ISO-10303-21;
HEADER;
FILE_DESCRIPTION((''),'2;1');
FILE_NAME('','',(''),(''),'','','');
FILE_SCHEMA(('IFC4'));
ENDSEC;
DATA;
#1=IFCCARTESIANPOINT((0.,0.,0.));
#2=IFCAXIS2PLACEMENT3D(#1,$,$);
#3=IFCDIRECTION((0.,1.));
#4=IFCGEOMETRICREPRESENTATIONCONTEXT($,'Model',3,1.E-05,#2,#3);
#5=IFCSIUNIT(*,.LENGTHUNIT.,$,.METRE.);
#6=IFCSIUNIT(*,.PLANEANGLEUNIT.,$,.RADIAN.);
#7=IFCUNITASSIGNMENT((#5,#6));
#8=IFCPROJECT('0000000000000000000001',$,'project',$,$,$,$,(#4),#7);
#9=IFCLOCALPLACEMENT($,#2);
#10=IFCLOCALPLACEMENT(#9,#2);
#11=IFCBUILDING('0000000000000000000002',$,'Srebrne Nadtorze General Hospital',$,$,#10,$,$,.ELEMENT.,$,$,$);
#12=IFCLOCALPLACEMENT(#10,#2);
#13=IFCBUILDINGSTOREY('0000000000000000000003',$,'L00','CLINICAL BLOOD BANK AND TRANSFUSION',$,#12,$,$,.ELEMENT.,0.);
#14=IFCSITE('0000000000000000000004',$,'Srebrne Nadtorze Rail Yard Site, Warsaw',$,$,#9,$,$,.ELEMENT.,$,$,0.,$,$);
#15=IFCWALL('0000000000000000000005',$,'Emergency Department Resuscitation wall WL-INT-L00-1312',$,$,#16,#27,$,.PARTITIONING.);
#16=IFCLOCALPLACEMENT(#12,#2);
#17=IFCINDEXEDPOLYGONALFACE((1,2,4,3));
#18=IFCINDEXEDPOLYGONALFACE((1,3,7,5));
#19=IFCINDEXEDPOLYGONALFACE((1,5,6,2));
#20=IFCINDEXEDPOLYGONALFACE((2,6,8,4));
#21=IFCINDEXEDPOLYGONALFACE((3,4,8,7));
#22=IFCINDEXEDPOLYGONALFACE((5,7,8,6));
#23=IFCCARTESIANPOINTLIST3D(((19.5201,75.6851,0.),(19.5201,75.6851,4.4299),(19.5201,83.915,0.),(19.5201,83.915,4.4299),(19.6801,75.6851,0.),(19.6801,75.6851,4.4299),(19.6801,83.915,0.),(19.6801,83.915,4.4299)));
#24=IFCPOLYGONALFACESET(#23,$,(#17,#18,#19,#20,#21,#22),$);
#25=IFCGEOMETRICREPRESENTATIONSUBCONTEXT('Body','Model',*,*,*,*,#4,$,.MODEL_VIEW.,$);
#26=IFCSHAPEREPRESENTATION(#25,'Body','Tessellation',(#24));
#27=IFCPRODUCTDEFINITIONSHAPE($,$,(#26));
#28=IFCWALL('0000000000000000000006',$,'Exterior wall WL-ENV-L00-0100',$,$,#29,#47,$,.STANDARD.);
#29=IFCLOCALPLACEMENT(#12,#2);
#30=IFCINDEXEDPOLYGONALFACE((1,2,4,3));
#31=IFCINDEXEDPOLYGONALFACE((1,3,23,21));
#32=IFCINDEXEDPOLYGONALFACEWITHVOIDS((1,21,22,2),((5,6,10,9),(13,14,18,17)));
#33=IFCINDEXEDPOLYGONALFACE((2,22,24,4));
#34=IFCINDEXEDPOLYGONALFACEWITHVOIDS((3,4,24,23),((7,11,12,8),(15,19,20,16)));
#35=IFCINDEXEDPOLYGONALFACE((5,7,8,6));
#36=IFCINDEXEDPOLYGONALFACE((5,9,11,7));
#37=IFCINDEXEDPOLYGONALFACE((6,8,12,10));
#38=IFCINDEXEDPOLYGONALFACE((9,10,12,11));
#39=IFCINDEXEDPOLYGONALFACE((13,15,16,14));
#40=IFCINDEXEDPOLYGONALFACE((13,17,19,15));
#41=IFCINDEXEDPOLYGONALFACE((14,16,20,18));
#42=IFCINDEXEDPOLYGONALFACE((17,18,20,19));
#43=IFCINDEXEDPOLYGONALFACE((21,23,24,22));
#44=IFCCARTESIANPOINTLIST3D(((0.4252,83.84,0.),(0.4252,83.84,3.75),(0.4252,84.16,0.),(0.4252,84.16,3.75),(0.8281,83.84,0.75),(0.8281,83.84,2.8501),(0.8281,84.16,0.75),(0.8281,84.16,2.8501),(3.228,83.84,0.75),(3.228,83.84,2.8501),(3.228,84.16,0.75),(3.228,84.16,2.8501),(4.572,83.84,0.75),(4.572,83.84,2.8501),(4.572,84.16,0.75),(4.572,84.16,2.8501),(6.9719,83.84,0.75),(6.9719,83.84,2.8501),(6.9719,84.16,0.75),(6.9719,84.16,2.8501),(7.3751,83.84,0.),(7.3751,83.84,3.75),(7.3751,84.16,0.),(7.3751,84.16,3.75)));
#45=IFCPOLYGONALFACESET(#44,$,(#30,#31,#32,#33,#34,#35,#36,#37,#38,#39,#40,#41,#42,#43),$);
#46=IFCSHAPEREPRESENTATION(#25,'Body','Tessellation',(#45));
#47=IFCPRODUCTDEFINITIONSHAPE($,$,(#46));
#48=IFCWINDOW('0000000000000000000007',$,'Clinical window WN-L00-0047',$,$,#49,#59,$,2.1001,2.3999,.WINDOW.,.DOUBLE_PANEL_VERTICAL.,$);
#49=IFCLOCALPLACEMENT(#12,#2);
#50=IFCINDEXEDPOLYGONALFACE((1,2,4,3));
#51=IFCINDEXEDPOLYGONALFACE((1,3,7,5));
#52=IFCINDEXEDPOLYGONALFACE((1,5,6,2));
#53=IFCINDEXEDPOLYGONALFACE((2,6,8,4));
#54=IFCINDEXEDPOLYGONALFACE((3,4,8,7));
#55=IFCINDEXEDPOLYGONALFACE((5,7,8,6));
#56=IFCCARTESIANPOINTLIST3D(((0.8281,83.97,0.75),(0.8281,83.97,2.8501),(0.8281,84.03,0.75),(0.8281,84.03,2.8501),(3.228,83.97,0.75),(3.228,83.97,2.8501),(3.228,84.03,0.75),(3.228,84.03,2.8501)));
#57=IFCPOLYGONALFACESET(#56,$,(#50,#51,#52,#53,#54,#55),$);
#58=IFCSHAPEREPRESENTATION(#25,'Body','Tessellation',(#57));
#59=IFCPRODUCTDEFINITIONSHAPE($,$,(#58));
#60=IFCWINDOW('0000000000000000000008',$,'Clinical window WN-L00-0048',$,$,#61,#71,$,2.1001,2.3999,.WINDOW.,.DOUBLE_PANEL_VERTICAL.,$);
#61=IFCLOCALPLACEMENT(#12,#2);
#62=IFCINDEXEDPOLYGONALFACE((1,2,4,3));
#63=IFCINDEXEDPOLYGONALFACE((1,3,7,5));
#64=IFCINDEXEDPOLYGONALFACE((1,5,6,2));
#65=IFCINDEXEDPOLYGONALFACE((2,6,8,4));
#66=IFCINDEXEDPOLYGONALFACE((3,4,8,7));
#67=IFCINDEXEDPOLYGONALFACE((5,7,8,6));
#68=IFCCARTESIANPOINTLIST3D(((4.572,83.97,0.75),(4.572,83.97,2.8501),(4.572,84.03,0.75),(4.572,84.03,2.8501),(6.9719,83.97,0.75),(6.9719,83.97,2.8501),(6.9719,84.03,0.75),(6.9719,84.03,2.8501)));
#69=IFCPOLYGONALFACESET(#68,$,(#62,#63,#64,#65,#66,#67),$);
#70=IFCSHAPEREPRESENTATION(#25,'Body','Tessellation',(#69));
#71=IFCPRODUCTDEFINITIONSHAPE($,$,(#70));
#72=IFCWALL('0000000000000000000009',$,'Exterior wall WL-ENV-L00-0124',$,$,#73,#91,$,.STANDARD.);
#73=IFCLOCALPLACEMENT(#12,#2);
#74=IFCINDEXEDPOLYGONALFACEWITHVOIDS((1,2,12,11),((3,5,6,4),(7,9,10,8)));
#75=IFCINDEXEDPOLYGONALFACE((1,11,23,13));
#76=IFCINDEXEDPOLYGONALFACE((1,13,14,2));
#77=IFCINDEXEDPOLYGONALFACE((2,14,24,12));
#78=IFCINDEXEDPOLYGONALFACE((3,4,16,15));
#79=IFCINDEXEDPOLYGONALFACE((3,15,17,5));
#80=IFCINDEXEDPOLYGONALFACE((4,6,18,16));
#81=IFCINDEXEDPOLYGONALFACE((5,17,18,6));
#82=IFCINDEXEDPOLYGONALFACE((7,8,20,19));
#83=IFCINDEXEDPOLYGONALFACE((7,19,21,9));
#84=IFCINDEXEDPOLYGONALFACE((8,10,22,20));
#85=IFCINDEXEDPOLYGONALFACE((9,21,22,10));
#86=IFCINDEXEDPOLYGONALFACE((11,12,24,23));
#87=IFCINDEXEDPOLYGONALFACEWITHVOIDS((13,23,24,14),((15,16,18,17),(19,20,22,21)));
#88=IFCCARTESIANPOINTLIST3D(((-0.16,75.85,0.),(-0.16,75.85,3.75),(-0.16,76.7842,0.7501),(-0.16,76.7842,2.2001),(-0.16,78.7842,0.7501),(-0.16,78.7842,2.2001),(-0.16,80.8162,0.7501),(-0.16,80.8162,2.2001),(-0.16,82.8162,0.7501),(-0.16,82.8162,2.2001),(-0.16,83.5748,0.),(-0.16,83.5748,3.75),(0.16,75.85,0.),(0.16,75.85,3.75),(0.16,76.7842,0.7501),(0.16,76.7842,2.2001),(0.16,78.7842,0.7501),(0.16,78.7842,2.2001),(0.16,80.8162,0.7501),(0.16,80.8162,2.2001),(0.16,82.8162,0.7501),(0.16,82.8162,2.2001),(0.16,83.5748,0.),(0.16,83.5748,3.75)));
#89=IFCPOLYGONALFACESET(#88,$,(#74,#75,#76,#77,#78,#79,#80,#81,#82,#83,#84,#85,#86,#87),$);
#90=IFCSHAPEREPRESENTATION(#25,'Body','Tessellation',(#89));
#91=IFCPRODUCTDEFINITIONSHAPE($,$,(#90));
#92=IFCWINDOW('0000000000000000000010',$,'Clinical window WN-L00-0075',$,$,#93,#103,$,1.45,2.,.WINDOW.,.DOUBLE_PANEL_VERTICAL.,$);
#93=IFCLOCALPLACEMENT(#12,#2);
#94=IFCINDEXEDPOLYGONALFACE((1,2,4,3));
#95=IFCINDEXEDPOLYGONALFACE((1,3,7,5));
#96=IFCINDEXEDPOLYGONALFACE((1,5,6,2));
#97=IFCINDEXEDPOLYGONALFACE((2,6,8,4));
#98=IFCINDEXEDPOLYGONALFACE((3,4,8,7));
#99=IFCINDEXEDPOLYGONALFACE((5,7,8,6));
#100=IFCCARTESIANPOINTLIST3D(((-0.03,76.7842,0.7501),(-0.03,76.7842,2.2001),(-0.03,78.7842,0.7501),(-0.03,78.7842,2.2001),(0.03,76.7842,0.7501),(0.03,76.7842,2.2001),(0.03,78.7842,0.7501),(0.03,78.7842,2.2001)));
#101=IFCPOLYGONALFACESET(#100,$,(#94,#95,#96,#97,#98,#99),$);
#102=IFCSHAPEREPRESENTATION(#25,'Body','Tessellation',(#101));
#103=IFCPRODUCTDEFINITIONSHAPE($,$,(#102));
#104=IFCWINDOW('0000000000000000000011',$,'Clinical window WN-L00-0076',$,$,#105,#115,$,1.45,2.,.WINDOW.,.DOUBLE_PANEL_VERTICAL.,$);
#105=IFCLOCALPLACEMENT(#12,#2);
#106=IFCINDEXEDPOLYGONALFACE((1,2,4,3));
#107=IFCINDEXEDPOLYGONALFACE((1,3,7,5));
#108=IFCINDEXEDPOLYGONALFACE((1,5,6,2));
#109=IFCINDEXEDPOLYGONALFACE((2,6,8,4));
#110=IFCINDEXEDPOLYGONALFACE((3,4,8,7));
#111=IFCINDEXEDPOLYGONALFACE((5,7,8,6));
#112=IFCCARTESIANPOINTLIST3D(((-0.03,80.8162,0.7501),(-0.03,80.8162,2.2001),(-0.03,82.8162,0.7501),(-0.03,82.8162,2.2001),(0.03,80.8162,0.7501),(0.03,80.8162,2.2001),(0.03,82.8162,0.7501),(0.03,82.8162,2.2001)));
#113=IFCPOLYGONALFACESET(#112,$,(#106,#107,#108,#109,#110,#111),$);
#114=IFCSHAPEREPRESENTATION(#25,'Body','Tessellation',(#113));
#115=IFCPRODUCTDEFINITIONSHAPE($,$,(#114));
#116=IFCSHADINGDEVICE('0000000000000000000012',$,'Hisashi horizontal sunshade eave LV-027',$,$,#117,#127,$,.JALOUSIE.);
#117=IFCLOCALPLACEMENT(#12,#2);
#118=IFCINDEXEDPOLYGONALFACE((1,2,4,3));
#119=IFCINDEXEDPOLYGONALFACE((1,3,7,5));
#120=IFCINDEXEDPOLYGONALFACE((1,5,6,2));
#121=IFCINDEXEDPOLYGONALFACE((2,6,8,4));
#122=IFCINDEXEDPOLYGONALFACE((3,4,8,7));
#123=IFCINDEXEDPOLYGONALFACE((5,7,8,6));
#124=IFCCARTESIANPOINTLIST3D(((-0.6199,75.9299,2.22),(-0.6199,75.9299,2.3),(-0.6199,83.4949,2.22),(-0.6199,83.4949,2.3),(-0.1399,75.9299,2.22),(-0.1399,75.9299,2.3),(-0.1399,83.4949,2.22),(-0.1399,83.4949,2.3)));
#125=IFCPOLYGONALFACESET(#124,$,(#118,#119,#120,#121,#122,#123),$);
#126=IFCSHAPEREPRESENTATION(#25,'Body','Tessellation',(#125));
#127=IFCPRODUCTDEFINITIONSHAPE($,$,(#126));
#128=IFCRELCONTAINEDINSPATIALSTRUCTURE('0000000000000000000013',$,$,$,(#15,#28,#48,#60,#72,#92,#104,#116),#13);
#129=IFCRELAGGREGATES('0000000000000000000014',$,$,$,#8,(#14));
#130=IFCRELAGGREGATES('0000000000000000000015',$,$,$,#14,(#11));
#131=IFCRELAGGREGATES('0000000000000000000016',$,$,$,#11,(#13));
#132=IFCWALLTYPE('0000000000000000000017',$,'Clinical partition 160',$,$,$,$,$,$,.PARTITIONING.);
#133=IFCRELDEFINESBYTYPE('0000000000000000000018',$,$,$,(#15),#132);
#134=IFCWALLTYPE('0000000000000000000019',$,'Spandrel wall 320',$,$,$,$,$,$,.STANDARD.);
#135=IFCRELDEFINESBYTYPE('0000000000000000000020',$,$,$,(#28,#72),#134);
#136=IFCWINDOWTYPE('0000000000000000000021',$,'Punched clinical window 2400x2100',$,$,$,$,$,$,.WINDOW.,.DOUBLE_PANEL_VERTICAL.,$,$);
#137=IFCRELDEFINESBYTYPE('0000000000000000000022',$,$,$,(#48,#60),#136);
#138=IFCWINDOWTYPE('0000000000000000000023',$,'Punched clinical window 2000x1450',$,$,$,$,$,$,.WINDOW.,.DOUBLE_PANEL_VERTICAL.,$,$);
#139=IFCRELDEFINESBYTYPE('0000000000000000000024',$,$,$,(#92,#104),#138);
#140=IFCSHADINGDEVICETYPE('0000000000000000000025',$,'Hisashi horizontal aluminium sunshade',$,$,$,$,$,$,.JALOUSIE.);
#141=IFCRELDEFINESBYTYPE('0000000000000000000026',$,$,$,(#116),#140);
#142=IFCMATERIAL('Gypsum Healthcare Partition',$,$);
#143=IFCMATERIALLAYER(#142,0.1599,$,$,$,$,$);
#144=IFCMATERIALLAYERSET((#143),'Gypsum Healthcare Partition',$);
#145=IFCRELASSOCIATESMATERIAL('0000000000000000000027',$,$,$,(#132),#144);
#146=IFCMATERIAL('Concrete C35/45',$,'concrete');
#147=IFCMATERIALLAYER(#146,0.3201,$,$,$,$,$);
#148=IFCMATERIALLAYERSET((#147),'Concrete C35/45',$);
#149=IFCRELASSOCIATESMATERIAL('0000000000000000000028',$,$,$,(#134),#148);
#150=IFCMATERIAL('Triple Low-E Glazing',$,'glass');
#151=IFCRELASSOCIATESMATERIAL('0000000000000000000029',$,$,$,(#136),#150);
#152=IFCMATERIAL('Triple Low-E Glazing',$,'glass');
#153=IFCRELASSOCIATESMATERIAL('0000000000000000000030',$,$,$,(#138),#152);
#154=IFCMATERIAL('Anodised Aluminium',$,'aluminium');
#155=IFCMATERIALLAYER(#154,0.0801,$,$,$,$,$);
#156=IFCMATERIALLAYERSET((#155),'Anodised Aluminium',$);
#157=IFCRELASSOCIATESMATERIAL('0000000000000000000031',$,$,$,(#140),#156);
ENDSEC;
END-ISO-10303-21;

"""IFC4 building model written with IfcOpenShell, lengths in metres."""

from ifc_helpers import new_model, si_unit, direction, frame, frame_2d, origin, origin_2d, place, context, subcontext, project, spatial, rectangle, extrude, material, layer, layer_set, type_object, element, fill, save


model = new_model("IFC4")

# Units and contexts
model_context = context("Model", 3, precision=1e-05, world=origin(), true_north=direction((0.0, 1.0)))
body_context = subcontext(model_context, "Body", "Model", "MODEL_VIEW")
ifc_project = project(units=[si_unit("LENGTHUNIT", "METRE"), si_unit("PLANEANGLEUNIT", "RADIAN")], contexts=[model_context])

# Site, building, storey
site_placement = place(None, origin())
site = spatial("IfcSite", under=ifc_project, at=site_placement, Name="Srebrne Nadtorze Rail Yard Site, Warsaw", CompositionType="ELEMENT", RefElevation=0.0)
building_placement = place(site_placement, origin())
building = spatial("IfcBuilding", under=site, at=building_placement, Name="Srebrne Nadtorze General Hospital", CompositionType="ELEMENT")
storey_placement = place(building_placement, origin())
storey = spatial("IfcBuildingStorey", under=building, at=storey_placement, Name="L00", Description="CLINICAL BLOOD BANK AND TRANSFUSION", CompositionType="ELEMENT", Elevation=0.0)

# Shared definitions
ifc_material_1 = material(Name="Gypsum Healthcare Partition")
ifc_layer_1 = layer(ifc_material_1, 0.1599)
ifc_layer_set_1 = layer_set([ifc_layer_1], Name="Gypsum Healthcare Partition")
wall_type_1 = type_object("IfcWallType", Name="Clinical partition 160", PredefinedType="PARTITIONING", material=ifc_layer_set_1)

# Wall
wall_1_placement = place(storey_placement, frame((19.6001, 75.6851, 0.0), z_axis=(0.0, 0.0, 1.0), x_axis=(0.0, 1.0, 0.0)))
element("IfcWall", 1, at=wall_1_placement, inside=storey, type_object=wall_type_1, Name="Emergency Department Resuscitation wall WL-INT-L00-1312", PredefinedType="PARTITIONING", context=body_context, shape_type="SweptSolid", body=[
    extrude(rectangle(XDim=8.23, YDim=0.1599, at=frame_2d((4.115, 0.0))), origin(), (0.0, 0.0, 1.0), 4.4299),
])

# Walls, openings, windows
ifc_material_2 = material(Name="Concrete C35/45", Category="concrete")
ifc_layer_2 = layer(ifc_material_2, 0.3201)
ifc_layer_set_2 = layer_set([ifc_layer_2], Name="Concrete C35/45")
wall_type_2 = type_object("IfcWallType", Name="Spandrel wall 320", PredefinedType="STANDARD", material=ifc_layer_set_2)
wall_2_placement = place(storey_placement, frame((0.425, 84.0, 0.0), z_axis=(0.0, 0.0, 1.0), x_axis=(1.0, 0.0, 0.0)))
wall_2 = element("IfcWall", 2, at=wall_2_placement, inside=storey, type_object=wall_type_2, Name="Exterior wall WL-ENV-L00-0100", PredefinedType="STANDARD", context=body_context, shape_type="SweptSolid", body=[
    extrude(rectangle(XDim=6.95, YDim=0.3201, at=frame_2d((3.4751, 0.0))), origin(), (0.0, 0.0, 1.0), 3.75),
])
opening_1_placement = place(wall_2_placement, frame((0.4031, 0.0, 0.75)))
opening_1 = element("IfcOpeningElement", 3, at=opening_1_placement, cuts=wall_2, PredefinedType="OPENING", context=body_context, shape_type="SweptSolid", body=[
    extrude(rectangle(XDim=2.3999, YDim=2.1001, at=frame_2d((1.2, 1.05))), frame((0.0, 0.1719, 0.0), z_axis=(0.0, -1.0, 0.0), x_axis=(1.0, 0.0, 0.0)), (0.0, 0.0, 1.0), 0.344),
])
opening_2_placement = place(wall_2_placement, frame((4.147, 0.0, 0.75)))
opening_2 = element("IfcOpeningElement", 4, at=opening_2_placement, cuts=wall_2, PredefinedType="OPENING", context=body_context, shape_type="SweptSolid", body=[
    extrude(rectangle(XDim=2.3999, YDim=2.1001, at=frame_2d((1.2, 1.05))), frame((0.0, 0.1719, 0.0), z_axis=(0.0, -1.0, 0.0), x_axis=(1.0, 0.0, 0.0)), (0.0, 0.0, 1.0), 0.344),
])
ifc_material_3 = material(Name="Triple Low-E Glazing", Category="glass")
window_type_1 = type_object("IfcWindowType", Name="Punched clinical window 2400x2100", PartitioningType="DOUBLE_PANEL_VERTICAL", PredefinedType="WINDOW", material=ifc_material_3)
window_1_placement = place(opening_1_placement, origin())
window_1 = element("IfcWindow", 5, at=window_1_placement, inside=storey, type_object=window_type_1, Name="Clinical window WN-L00-0047", OverallHeight=2.1001, OverallWidth=2.3999, PartitioningType="DOUBLE_PANEL_VERTICAL", PredefinedType="WINDOW", context=body_context, shape_type="SweptSolid", body=[
    extrude(rectangle(XDim=2.3999, YDim=2.1001, at=frame_2d((1.2, 1.05))), frame((0.0, 0.03, 0.0), z_axis=(0.0, -1.0, 0.0), x_axis=(1.0, 0.0, 0.0)), (0.0, 0.0, 1.0), 0.0601),
])
fill(opening_1, window_1)
window_2_placement = place(opening_2_placement, origin())
window_2 = element("IfcWindow", 6, at=window_2_placement, inside=storey, type_object=window_type_1, Name="Clinical window WN-L00-0048", OverallHeight=2.1001, OverallWidth=2.3999, PartitioningType="DOUBLE_PANEL_VERTICAL", PredefinedType="WINDOW", context=body_context, shape_type="SweptSolid", body=[
    extrude(rectangle(XDim=2.3999, YDim=2.1001, at=frame_2d((1.2, 1.05))), frame((0.0, 0.03, 0.0), z_axis=(0.0, -1.0, 0.0), x_axis=(1.0, 0.0, 0.0)), (0.0, 0.0, 1.0), 0.0601),
])
fill(opening_2, window_2)
wall_3_placement = place(storey_placement, frame((0.0, 75.8501, 0.0), z_axis=(0.0, 0.0, 1.0), x_axis=(0.0, 1.0, 0.0)))
wall_3 = element("IfcWall", 7, at=wall_3_placement, inside=storey, type_object=wall_type_2, Name="Exterior wall WL-ENV-L00-0124", PredefinedType="STANDARD", context=body_context, shape_type="SweptSolid", body=[
    extrude(rectangle(XDim=7.7249, YDim=0.3201, at=frame_2d((3.8623, 0.0))), origin(), (0.0, 0.0, 1.0), 3.75),
])
opening_3_placement = place(wall_3_placement, frame((0.9341, 0.0, 0.75)))
opening_3 = element("IfcOpeningElement", 8, at=opening_3_placement, cuts=wall_3, PredefinedType="OPENING", context=body_context, shape_type="SweptSolid", body=[
    extrude(rectangle(XDim=2.0, YDim=1.45, at=frame_2d((1.0, 0.7251))), frame((0.0, 0.1719, 0.0), z_axis=(0.0, -1.0, 0.0), x_axis=(1.0, 0.0, 0.0)), (0.0, 0.0, 1.0), 0.344),
])
opening_4_placement = place(wall_3_placement, frame((4.9661, 0.0, 0.75)))
opening_4 = element("IfcOpeningElement", 9, at=opening_4_placement, cuts=wall_3, PredefinedType="OPENING", context=body_context, shape_type="SweptSolid", body=[
    extrude(rectangle(XDim=2.0, YDim=1.45, at=frame_2d((1.0, 0.7251))), frame((0.0, 0.1719, 0.0), z_axis=(0.0, -1.0, 0.0), x_axis=(1.0, 0.0, 0.0)), (0.0, 0.0, 1.0), 0.344),
])
ifc_material_4 = material(Name="Triple Low-E Glazing", Category="glass")
window_type_2 = type_object("IfcWindowType", Name="Punched clinical window 2000x1450", PartitioningType="DOUBLE_PANEL_VERTICAL", PredefinedType="WINDOW", material=ifc_material_4)
window_3_placement = place(opening_3_placement, origin())
window_3 = element("IfcWindow", 10, at=window_3_placement, inside=storey, type_object=window_type_2, Name="Clinical window WN-L00-0075", OverallHeight=1.45, OverallWidth=2.0, PartitioningType="DOUBLE_PANEL_VERTICAL", PredefinedType="WINDOW", context=body_context, shape_type="SweptSolid", body=[
    extrude(rectangle(XDim=2.0, YDim=1.45, at=frame_2d((1.0, 0.7251))), frame((0.0, 0.03, 0.0), z_axis=(0.0, -1.0, 0.0), x_axis=(1.0, 0.0, 0.0)), (0.0, 0.0, 1.0), 0.0601),
])
fill(opening_3, window_3)
window_4_placement = place(opening_4_placement, origin())
window_4 = element("IfcWindow", 11, at=window_4_placement, inside=storey, type_object=window_type_2, Name="Clinical window WN-L00-0076", OverallHeight=1.45, OverallWidth=2.0, PartitioningType="DOUBLE_PANEL_VERTICAL", PredefinedType="WINDOW", context=body_context, shape_type="SweptSolid", body=[
    extrude(rectangle(XDim=2.0, YDim=1.45, at=frame_2d((1.0, 0.7251))), frame((0.0, 0.03, 0.0), z_axis=(0.0, -1.0, 0.0), x_axis=(1.0, 0.0, 0.0)), (0.0, 0.0, 1.0), 0.0601),
])
fill(opening_4, window_4)

# Shading device
ifc_material_5 = material(Name="Anodised Aluminium", Category="aluminium")
ifc_layer_3 = layer(ifc_material_5, 0.0801)
ifc_layer_set_3 = layer_set([ifc_layer_3], Name="Anodised Aluminium")
shading_device_type = type_object("IfcShadingDeviceType", Name="Hisashi horizontal aluminium sunshade", PredefinedType="JALOUSIE", material=ifc_layer_set_3)
shading_device_placement = place(storey_placement, frame((-0.3799, 79.7124, 2.22), z_axis=(0.0, 0.0, 1.0), x_axis=(1.0, 0.0, 0.0)))
element("IfcShadingDevice", 12, at=shading_device_placement, inside=storey, type_object=shading_device_type, Name="Hisashi horizontal sunshade eave LV-027", PredefinedType="JALOUSIE", context=body_context, shape_type="SweptSolid", body=[
    extrude(rectangle(XDim=0.48, YDim=7.5649, at=origin_2d()), origin(), (0.0, 0.0, 1.0), 0.0801),
])

save(model, "model.ifc")
